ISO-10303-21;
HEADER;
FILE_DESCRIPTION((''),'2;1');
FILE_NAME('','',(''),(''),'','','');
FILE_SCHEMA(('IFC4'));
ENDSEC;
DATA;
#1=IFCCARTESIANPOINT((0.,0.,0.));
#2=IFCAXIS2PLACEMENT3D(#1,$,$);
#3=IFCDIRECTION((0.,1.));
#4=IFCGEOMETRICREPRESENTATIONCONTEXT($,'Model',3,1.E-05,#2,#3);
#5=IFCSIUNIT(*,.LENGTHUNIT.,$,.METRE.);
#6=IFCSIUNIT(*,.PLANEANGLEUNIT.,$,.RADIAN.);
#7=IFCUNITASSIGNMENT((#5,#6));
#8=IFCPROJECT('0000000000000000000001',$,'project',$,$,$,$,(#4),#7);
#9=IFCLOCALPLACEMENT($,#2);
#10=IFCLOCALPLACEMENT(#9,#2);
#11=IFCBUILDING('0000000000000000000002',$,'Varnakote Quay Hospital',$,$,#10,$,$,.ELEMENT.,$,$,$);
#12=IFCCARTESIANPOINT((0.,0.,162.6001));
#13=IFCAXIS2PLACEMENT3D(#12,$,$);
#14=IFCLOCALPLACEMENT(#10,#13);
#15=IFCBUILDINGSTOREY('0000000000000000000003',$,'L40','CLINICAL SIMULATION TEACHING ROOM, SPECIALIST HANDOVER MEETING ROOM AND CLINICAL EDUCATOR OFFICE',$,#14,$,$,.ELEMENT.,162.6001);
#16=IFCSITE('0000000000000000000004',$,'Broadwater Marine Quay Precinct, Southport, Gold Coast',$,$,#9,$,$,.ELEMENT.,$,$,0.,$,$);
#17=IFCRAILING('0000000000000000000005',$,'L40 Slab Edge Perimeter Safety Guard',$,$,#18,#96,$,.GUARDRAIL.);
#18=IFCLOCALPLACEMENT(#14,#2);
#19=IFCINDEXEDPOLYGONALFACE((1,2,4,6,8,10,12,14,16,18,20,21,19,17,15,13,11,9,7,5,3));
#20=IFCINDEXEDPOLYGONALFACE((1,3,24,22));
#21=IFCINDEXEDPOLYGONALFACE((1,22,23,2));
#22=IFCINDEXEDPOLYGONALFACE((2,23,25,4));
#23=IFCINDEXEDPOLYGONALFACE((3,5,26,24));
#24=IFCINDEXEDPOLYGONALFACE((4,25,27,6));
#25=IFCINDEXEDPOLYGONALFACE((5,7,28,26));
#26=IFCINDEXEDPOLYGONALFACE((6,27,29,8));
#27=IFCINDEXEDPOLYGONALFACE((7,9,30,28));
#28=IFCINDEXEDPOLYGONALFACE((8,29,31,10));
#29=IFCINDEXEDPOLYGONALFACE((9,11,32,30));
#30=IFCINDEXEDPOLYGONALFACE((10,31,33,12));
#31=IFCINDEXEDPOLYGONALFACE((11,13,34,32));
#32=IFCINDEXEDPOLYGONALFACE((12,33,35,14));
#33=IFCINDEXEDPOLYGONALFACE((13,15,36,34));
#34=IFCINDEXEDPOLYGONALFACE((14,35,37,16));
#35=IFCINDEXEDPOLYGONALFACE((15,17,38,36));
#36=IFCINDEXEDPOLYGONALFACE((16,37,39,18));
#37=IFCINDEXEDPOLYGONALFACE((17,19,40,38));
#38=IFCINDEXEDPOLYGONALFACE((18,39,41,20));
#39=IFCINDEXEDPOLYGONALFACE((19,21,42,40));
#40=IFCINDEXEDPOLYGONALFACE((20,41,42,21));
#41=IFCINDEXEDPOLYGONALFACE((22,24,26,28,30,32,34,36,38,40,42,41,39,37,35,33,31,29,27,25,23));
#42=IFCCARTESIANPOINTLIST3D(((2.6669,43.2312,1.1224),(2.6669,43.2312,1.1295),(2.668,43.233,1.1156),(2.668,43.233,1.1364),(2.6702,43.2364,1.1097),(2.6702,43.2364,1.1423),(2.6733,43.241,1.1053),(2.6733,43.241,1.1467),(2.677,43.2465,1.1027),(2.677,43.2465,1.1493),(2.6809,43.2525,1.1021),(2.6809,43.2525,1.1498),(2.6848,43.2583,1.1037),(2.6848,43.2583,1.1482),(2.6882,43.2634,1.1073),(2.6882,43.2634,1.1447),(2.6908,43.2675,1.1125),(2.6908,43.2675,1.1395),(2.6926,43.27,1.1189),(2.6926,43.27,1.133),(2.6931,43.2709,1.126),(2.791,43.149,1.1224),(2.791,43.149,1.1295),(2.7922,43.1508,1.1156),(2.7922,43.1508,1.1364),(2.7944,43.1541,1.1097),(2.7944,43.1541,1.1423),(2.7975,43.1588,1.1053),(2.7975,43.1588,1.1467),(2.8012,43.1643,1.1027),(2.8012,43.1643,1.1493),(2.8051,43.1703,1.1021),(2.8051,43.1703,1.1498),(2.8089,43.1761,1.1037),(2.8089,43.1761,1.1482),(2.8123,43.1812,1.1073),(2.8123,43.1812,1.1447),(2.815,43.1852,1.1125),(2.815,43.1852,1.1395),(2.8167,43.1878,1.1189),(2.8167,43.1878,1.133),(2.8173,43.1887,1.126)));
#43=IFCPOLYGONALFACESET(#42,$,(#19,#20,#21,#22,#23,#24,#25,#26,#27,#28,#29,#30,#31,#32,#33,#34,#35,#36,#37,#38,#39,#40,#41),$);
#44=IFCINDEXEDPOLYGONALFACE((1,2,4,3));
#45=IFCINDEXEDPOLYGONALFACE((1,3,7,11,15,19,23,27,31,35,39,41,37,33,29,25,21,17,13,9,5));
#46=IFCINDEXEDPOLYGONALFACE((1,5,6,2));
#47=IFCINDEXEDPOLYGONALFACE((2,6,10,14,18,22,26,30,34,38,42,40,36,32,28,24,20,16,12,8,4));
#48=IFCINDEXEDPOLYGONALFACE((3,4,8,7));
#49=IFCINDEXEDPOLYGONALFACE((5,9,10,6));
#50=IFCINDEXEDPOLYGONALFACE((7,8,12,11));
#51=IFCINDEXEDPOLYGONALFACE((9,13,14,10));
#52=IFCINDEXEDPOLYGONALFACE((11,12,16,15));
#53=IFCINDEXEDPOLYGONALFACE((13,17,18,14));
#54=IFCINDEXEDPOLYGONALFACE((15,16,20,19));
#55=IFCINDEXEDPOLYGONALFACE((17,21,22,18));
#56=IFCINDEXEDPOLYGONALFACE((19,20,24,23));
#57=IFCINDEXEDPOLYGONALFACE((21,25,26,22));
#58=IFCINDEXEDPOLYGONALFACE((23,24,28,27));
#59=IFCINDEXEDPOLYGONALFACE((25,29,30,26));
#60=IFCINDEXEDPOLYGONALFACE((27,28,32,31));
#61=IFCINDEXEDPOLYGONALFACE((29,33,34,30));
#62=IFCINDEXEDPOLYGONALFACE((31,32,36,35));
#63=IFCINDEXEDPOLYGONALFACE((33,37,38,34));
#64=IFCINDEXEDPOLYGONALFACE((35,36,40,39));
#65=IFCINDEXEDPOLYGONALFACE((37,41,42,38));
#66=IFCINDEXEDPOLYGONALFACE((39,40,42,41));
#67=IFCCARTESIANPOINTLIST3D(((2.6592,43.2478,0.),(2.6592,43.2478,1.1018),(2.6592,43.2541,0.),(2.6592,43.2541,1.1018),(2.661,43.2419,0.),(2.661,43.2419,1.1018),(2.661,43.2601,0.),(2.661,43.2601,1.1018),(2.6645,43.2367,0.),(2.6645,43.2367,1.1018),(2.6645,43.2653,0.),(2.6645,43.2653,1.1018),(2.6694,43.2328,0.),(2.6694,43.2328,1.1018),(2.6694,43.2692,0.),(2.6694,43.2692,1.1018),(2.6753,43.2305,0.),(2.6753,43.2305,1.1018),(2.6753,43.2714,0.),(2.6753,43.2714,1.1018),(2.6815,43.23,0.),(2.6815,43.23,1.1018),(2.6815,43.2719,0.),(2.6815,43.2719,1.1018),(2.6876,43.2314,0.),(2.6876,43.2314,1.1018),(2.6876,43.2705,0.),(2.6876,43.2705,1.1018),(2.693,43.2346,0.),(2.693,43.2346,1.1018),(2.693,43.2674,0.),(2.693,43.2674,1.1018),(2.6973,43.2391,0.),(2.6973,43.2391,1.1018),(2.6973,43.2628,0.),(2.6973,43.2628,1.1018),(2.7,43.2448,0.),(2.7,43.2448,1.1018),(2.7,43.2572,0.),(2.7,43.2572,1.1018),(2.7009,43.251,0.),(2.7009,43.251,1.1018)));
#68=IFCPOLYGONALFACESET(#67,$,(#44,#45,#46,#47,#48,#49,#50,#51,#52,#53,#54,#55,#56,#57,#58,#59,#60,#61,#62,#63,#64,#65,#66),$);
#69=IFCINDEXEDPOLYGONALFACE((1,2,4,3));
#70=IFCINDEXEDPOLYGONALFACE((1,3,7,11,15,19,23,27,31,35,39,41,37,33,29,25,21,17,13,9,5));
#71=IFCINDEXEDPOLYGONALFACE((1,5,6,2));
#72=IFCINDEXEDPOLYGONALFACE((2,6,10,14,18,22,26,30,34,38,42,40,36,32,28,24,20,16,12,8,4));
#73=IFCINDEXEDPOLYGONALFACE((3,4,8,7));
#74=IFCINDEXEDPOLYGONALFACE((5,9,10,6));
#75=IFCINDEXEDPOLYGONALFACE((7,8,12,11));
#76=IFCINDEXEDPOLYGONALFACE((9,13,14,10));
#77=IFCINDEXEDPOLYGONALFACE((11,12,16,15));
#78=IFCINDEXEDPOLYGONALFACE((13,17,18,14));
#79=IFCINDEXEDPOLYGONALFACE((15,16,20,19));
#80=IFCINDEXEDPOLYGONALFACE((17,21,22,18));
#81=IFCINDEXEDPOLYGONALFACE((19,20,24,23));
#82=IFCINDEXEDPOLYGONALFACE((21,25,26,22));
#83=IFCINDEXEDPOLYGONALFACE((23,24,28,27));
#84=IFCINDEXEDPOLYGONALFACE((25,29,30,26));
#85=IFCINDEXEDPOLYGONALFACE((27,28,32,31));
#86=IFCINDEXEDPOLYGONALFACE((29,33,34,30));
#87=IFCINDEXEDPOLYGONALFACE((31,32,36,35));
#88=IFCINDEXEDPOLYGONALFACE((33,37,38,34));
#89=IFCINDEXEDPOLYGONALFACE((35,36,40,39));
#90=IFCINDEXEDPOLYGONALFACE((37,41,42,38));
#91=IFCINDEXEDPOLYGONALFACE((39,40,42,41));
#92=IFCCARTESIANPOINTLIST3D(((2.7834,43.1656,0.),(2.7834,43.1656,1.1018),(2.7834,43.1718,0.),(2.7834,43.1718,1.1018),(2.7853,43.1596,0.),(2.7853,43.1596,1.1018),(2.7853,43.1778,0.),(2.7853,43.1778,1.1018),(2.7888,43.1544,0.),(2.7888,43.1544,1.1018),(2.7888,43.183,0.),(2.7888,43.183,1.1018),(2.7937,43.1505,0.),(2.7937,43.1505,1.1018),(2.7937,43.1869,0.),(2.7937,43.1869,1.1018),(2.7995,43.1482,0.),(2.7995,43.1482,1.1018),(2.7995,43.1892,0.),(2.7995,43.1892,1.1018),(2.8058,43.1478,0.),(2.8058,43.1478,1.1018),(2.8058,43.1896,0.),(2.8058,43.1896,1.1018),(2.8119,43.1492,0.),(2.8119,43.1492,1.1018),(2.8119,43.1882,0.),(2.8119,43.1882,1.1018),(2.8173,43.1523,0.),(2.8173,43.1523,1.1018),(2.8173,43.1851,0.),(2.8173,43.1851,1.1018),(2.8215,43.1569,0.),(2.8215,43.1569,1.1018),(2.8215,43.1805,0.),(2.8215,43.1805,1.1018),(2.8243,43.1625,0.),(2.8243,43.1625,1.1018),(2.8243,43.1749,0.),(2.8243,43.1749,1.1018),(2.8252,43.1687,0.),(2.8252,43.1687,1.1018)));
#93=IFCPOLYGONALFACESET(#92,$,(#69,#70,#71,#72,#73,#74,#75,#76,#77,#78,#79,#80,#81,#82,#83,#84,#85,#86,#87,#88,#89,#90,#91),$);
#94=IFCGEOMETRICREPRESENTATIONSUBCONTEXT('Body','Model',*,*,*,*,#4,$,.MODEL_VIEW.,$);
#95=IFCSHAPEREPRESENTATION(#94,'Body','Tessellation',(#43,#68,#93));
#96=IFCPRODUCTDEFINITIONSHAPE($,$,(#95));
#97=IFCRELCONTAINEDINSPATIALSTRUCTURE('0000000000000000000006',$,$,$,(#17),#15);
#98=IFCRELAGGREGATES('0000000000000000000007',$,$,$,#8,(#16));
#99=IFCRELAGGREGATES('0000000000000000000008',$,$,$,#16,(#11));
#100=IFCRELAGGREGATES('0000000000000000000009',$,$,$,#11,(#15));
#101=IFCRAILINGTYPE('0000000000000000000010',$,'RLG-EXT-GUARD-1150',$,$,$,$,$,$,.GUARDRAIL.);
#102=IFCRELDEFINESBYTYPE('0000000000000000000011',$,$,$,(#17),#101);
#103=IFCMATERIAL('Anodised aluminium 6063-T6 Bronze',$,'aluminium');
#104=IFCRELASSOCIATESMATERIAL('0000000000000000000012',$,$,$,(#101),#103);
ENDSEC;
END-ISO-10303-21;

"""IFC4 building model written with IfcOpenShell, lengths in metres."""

from ifc_helpers import new_model, si_unit, direction, frame, origin, origin_2d, place, context, subcontext, project, spatial, circle, extrude, material, type_object, element, save


model = new_model("IFC4")

# Units and contexts
model_context = context("Model", 3, precision=1e-05, world=origin(), true_north=direction((0.0, 1.0)))
body_context = subcontext(model_context, "Body", "Model", "MODEL_VIEW")
ifc_project = project(units=[si_unit("LENGTHUNIT", "METRE"), si_unit("PLANEANGLEUNIT", "RADIAN")], contexts=[model_context])

# Site, building, storey
site_placement = place(None, origin())
site = spatial("IfcSite", under=ifc_project, at=site_placement, Name="Broadwater Marine Quay Precinct, Southport, Gold Coast", CompositionType="ELEMENT", RefElevation=0.0)
building_placement = place(site_placement, origin())
building = spatial("IfcBuilding", under=site, at=building_placement, Name="Varnakote Quay Hospital", CompositionType="ELEMENT")
storey_placement = place(building_placement, frame((0.0, 0.0, 162.6001)))
storey = spatial("IfcBuildingStorey", under=building, at=storey_placement, Name="L40", Description="CLINICAL SIMULATION TEACHING ROOM, SPECIALIST HANDOVER MEETING ROOM AND CLINICAL EDUCATOR OFFICE", CompositionType="ELEMENT", Elevation=162.6001)

# Railing
ifc_material_1 = material(Name="Anodised aluminium 6063-T6 Bronze", Category="aluminium")
railing_type = type_object("IfcRailingType", Name="RLG-EXT-GUARD-1150", PredefinedType="GUARDRAIL", material=ifc_material_1)
railing_1_placement = place(storey_placement, frame((2.6799, 43.251, 0.0)))
element("IfcRailing", 1, at=railing_1_placement, inside=storey, type_object=railing_type, Name="L40 Slab Edge Perimeter Safety Guard", PredefinedType="GUARDRAIL", context=body_context, shape_type="SweptSolid", body=[
    extrude(circle(Radius=0.0239, at=origin_2d()), frame((0.0, 0.0, 1.126), z_axis=(0.83381, -0.552051, 0.0), x_axis=(0.552051, 0.83381, 0.0)), (0.0, 0.0, 1.0), 0.1489),
    extrude(circle(Radius=0.021, at=origin_2d()), origin(), (0.0, 0.0, 1.0), 1.1018),
    extrude(circle(Radius=0.021, at=origin_2d()), frame((0.1243, -0.0823, 0.0)), (0.0, 0.0, 1.0), 1.1018),
])

save(model, "model.ifc")
